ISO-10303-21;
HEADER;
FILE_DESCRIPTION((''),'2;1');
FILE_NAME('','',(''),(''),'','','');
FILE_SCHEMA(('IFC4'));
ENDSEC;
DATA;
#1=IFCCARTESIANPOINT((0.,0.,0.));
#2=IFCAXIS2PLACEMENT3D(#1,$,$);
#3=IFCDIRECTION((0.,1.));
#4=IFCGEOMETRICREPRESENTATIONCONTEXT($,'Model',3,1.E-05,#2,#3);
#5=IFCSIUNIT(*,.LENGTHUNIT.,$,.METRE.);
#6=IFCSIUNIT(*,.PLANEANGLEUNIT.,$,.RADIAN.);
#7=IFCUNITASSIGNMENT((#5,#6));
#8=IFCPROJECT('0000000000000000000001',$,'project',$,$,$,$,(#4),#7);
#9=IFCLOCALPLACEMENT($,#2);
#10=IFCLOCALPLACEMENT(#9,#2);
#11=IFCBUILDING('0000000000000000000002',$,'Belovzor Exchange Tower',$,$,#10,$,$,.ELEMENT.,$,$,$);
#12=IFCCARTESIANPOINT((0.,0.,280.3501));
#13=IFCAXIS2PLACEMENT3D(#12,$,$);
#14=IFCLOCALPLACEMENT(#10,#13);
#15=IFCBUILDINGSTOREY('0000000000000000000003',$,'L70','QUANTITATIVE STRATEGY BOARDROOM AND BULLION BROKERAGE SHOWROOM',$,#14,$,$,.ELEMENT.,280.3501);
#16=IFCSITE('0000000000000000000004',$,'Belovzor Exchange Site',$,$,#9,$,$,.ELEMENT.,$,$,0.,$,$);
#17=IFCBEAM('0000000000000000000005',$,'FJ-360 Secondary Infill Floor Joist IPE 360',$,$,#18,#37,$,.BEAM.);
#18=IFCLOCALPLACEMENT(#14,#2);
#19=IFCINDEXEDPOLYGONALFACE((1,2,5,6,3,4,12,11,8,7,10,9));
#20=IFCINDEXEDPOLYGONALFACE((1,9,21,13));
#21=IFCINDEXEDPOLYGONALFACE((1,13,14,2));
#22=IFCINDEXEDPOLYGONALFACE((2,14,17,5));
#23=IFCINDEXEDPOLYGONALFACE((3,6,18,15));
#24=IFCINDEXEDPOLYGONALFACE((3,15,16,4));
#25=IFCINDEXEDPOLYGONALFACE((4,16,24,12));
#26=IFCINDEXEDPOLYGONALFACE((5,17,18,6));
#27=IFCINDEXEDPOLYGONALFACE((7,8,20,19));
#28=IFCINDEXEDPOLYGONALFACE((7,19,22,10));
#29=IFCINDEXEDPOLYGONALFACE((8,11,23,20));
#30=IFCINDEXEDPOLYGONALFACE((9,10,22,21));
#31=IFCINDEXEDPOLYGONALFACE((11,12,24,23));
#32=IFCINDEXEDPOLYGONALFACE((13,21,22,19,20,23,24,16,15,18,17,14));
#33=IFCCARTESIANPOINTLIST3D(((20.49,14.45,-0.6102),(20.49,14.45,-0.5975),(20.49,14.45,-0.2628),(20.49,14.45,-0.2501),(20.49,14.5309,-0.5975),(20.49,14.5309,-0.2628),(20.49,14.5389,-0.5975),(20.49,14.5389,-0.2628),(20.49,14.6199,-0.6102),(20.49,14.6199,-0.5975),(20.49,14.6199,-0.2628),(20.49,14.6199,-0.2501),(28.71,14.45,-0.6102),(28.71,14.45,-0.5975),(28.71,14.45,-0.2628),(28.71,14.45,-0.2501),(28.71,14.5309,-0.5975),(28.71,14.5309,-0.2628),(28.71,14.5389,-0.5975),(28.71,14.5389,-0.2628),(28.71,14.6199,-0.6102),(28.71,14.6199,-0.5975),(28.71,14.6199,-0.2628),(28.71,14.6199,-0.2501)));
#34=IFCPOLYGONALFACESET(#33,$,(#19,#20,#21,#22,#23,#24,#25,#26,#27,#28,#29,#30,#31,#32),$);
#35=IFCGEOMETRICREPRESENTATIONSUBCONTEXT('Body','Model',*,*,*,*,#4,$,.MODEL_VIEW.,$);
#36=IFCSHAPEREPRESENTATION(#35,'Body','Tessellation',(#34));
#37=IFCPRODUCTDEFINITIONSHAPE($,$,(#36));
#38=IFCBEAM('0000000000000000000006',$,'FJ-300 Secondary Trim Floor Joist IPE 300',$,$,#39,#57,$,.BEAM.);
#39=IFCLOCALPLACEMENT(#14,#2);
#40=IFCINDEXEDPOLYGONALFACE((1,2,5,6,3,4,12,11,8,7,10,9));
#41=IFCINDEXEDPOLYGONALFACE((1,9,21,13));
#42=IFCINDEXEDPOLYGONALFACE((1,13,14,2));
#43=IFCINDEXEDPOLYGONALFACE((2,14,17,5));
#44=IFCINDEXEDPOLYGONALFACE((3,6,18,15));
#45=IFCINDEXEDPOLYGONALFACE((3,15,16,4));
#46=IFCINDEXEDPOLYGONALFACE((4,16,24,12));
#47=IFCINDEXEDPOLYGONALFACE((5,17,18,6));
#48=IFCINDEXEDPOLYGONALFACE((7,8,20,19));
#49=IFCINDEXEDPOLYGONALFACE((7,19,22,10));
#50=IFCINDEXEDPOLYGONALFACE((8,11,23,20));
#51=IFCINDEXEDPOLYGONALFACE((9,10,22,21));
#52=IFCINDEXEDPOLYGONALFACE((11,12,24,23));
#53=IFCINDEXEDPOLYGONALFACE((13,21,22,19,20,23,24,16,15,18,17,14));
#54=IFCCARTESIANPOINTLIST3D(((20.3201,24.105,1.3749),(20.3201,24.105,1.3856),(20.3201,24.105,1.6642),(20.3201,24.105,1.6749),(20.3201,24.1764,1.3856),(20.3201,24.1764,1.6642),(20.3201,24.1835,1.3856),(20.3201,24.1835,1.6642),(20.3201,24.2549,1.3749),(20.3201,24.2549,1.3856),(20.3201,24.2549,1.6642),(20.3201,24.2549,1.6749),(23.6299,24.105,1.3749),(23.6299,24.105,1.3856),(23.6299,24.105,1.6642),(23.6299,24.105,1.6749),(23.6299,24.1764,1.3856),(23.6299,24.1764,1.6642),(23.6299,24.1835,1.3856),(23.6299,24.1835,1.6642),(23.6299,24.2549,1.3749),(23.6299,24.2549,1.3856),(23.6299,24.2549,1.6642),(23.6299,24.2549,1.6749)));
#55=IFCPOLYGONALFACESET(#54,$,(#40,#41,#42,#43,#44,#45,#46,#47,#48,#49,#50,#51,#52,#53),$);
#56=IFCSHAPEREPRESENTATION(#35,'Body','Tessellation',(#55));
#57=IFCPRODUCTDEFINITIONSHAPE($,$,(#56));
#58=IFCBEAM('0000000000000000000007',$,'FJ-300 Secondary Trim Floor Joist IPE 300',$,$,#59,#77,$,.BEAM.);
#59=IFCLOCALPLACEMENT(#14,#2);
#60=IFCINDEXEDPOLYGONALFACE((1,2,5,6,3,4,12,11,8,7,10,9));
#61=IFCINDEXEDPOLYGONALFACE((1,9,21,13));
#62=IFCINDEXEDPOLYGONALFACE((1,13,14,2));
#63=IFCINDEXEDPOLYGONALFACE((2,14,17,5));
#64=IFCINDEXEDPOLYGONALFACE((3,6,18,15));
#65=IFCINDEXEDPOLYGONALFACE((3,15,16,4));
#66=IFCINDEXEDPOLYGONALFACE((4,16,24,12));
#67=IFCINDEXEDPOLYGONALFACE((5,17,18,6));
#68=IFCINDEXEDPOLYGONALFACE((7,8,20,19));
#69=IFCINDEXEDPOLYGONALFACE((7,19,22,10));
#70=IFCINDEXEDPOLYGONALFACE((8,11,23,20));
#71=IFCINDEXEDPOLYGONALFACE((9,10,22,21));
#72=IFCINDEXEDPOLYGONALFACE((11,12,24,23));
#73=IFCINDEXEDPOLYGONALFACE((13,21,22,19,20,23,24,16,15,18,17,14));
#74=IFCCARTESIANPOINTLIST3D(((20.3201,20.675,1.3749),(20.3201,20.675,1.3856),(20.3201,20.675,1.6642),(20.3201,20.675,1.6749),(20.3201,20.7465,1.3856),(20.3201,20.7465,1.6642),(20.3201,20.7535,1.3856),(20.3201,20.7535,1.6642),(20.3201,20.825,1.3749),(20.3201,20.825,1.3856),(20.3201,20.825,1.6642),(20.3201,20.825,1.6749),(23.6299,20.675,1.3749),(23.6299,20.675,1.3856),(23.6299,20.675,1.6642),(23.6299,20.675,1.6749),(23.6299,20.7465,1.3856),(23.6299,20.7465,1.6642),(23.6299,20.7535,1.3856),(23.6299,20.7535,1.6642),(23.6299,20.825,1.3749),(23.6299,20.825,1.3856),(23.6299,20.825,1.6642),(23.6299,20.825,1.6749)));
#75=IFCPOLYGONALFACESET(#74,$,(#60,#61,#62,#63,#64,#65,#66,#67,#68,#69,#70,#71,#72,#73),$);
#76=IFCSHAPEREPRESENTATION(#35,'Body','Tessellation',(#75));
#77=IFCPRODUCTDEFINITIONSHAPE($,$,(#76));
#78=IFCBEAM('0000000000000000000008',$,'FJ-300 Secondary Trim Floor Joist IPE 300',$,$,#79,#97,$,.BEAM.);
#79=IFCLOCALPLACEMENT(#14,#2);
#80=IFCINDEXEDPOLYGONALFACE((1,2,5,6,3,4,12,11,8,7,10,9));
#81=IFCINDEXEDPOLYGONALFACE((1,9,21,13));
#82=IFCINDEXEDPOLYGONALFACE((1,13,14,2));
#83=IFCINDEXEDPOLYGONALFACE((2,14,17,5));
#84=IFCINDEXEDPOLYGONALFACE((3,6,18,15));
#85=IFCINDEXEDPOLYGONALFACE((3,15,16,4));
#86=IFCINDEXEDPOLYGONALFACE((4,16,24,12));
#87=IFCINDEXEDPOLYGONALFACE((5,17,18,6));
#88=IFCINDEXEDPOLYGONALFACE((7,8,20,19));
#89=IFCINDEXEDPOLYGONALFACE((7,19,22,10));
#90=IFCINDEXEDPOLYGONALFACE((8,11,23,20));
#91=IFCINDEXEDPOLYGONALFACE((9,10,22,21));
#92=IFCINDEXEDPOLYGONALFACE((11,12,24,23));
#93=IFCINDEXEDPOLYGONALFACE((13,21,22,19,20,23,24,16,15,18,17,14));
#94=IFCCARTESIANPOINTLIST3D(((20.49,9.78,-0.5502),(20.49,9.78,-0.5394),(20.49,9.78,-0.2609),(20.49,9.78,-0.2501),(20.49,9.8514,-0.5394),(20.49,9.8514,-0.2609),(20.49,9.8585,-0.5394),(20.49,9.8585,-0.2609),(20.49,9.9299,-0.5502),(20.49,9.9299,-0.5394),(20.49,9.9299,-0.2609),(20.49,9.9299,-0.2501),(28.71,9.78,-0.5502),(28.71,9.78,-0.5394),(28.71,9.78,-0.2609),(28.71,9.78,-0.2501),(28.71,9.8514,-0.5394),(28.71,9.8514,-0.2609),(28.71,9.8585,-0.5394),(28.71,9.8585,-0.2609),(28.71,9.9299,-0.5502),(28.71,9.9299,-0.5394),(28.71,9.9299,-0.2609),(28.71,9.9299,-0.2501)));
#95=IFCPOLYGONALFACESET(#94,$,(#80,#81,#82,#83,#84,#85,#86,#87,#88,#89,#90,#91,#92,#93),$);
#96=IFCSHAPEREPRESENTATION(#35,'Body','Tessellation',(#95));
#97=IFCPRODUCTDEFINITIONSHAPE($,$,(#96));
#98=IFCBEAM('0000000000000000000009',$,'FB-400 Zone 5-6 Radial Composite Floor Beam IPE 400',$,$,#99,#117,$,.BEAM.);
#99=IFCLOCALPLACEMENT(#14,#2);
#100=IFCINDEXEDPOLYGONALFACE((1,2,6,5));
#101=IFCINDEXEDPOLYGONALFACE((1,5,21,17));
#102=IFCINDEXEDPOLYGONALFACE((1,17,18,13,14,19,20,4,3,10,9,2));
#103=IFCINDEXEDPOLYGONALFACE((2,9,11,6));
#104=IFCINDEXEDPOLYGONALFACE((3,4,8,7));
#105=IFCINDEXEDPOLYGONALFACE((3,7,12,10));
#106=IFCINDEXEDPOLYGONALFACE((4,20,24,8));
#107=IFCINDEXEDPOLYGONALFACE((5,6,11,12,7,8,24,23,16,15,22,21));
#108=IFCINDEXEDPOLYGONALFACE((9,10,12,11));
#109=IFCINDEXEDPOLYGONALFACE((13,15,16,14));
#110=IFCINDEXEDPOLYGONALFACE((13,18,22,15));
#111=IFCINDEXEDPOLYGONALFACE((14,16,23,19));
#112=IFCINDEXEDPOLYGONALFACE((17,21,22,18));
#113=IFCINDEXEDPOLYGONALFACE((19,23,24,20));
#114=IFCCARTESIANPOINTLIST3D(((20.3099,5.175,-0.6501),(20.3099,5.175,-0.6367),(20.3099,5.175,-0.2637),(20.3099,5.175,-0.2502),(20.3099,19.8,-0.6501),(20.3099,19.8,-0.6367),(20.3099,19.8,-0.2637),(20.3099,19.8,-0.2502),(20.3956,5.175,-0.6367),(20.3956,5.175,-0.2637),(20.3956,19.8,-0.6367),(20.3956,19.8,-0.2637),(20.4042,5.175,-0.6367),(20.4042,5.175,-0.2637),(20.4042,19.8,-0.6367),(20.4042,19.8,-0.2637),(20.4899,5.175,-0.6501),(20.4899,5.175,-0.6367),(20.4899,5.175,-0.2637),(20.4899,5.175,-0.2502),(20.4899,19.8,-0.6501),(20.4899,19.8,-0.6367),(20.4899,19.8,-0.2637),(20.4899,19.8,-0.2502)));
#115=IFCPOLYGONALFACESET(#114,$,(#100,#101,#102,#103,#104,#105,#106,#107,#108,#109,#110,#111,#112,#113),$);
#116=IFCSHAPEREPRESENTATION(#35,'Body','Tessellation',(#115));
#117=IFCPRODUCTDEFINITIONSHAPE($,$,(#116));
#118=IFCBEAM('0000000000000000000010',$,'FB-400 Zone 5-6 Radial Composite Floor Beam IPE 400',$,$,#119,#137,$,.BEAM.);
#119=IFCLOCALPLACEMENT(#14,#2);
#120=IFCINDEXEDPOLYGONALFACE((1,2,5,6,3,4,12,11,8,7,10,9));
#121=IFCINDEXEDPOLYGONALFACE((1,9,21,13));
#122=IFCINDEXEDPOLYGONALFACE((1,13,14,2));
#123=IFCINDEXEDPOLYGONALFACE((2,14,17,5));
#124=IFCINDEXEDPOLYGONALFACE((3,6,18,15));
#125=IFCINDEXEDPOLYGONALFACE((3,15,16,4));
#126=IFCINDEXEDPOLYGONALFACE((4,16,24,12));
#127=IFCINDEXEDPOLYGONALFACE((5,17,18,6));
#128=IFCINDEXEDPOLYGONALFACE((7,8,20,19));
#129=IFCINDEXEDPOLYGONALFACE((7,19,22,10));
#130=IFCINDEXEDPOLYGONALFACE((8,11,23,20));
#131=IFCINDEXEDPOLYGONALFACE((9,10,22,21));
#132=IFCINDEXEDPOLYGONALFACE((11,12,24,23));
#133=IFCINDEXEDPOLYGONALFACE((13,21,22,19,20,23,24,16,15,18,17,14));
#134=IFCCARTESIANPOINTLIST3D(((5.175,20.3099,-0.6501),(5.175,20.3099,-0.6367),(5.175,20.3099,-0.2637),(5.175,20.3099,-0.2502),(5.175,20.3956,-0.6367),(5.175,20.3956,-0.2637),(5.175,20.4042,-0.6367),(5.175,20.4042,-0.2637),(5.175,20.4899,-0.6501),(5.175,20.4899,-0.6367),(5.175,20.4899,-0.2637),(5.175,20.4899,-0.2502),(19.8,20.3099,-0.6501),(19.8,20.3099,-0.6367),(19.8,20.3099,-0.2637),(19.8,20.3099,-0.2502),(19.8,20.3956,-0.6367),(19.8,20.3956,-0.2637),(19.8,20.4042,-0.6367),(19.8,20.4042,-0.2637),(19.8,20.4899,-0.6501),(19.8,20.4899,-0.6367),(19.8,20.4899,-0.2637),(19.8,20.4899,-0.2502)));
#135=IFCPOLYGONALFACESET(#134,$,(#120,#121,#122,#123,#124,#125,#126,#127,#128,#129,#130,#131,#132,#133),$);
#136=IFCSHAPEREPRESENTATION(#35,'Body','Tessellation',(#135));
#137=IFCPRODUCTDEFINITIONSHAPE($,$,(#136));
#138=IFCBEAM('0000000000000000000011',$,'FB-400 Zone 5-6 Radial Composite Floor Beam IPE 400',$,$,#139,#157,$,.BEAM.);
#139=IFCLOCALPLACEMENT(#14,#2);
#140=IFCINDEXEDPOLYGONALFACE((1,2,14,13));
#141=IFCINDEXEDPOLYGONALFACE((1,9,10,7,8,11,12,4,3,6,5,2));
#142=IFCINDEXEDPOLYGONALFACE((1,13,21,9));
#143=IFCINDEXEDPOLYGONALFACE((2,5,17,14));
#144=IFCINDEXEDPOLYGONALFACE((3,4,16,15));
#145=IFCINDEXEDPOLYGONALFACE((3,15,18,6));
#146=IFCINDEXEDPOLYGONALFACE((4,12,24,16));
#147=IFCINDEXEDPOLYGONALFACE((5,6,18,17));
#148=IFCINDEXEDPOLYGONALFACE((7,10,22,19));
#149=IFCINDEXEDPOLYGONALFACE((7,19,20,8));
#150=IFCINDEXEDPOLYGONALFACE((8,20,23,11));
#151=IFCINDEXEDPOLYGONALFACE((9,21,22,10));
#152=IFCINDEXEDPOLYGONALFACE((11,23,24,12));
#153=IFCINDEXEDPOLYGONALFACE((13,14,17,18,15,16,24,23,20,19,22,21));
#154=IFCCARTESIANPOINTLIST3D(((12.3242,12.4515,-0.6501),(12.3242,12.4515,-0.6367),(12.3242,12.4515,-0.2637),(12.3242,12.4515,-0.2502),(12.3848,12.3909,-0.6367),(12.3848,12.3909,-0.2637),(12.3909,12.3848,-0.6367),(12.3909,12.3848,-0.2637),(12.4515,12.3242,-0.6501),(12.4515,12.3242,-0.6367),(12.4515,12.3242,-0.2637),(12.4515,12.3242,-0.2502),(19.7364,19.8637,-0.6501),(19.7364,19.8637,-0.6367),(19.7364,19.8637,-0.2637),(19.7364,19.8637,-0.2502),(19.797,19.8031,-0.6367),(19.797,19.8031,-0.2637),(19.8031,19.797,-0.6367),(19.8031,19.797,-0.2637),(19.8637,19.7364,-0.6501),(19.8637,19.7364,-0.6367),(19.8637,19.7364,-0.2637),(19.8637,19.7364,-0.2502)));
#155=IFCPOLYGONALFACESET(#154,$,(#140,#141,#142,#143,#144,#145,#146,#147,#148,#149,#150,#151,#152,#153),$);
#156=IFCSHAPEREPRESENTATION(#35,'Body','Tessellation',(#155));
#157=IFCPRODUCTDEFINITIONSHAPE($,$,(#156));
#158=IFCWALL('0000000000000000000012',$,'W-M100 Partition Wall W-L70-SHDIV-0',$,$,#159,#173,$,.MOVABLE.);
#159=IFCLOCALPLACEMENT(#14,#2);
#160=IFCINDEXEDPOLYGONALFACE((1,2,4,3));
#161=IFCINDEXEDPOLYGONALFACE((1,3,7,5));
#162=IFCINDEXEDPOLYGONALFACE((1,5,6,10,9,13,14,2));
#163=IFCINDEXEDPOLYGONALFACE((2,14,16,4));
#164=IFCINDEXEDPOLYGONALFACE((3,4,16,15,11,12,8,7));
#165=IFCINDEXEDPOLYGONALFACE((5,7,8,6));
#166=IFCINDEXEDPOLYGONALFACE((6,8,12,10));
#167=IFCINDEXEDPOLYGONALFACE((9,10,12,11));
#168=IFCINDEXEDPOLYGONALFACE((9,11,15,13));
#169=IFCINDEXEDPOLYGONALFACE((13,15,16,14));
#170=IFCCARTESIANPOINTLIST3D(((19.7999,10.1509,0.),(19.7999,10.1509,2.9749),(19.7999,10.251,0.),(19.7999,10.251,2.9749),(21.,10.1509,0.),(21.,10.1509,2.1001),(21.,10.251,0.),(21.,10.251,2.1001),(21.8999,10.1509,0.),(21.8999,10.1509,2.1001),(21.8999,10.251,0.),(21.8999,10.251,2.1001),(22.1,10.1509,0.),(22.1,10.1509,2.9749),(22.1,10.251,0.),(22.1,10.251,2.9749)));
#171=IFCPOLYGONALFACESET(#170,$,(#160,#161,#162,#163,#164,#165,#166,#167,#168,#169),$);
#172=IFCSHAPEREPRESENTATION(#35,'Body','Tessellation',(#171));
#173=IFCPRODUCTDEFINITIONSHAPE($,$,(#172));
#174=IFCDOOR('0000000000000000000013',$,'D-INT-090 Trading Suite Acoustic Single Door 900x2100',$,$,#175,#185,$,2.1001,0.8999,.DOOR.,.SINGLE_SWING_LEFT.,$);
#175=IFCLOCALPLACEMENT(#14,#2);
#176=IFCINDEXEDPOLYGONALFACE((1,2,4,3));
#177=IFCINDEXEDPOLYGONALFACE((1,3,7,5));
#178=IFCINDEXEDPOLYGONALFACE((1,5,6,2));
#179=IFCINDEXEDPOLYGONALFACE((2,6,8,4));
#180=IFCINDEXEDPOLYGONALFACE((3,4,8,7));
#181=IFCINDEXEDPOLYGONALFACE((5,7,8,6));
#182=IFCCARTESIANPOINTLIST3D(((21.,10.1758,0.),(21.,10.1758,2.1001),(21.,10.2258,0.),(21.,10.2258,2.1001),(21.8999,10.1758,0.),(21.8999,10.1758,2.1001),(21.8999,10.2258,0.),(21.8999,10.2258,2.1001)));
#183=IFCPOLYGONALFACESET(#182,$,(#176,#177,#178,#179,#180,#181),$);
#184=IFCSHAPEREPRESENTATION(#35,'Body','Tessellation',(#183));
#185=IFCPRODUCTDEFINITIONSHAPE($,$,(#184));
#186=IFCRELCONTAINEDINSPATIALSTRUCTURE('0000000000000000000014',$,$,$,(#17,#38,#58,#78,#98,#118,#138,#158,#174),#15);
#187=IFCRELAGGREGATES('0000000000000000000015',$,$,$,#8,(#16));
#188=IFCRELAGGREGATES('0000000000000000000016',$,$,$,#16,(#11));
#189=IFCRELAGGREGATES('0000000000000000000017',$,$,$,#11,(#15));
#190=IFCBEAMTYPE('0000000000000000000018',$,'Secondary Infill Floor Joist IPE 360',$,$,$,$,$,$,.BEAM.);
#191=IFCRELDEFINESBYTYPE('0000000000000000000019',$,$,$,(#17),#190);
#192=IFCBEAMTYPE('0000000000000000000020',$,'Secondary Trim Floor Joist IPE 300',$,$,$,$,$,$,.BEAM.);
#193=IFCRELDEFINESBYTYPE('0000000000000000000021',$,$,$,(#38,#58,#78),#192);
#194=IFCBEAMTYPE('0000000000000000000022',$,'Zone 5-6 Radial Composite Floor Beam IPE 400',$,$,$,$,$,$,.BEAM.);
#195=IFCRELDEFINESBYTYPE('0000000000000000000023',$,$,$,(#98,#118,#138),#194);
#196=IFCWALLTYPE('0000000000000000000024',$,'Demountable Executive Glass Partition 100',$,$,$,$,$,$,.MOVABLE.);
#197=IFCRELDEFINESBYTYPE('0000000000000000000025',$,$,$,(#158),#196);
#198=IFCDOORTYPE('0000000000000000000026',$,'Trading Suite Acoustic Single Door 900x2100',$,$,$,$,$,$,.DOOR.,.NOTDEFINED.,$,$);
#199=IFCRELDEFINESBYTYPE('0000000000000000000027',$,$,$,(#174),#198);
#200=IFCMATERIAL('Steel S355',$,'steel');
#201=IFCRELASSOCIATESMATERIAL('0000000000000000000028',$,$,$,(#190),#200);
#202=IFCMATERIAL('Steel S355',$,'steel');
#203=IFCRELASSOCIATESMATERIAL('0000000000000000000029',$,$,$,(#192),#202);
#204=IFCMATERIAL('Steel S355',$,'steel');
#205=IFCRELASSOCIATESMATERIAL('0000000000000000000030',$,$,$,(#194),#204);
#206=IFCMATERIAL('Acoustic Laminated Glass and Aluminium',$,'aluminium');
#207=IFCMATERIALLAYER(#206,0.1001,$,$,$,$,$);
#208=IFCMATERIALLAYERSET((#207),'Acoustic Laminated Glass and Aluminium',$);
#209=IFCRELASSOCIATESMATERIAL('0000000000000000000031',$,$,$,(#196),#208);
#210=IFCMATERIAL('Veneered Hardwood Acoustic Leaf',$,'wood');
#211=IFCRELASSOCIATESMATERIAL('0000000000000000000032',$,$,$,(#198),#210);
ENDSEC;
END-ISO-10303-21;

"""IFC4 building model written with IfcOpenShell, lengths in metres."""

from ifc_helpers import new_model, si_unit, direction, frame, frame_2d, origin, origin_2d, place, context, subcontext, project, spatial, rectangle, i_section, extrude, material, layer, layer_set, material_profile, profile_set, type_object, element, fill, save


model = new_model("IFC4")

# Units and contexts
model_context = context("Model", 3, precision=1e-05, world=origin(), true_north=direction((0.0, 1.0)))
body_context = subcontext(model_context, "Body", "Model", "MODEL_VIEW")
ifc_project = project(units=[si_unit("LENGTHUNIT", "METRE"), si_unit("PLANEANGLEUNIT", "RADIAN")], contexts=[model_context])

# Site, building, storey
site_placement = place(None, origin())
site = spatial("IfcSite", under=ifc_project, at=site_placement, Name="Belovzor Exchange Site", CompositionType="ELEMENT", RefElevation=0.0)
building_placement = place(site_placement, origin())
building = spatial("IfcBuilding", under=site, at=building_placement, Name="Belovzor Exchange Tower", CompositionType="ELEMENT")
storey_placement = place(building_placement, frame((0.0, 0.0, 280.3501)))
storey = spatial("IfcBuildingStorey", under=building, at=storey_placement, Name="L70", Description="QUANTITATIVE STRATEGY BOARDROOM AND BULLION BROKERAGE SHOWROOM", CompositionType="ELEMENT", Elevation=280.3501)

# Beams
ifc_material_1 = material(Name="Steel S355", Category="steel")
ifc_material_profile_1 = material_profile(ifc_material_1, i_section(OverallWidth=0.1699, OverallDepth=0.3601, WebThickness=0.0081, FlangeThickness=0.0127, at=origin_2d()))
ifc_profile_set_1 = profile_set([ifc_material_profile_1], Name="Steel S355")
beam_type_1 = type_object("IfcBeamType", Name="Secondary Infill Floor Joist IPE 360", PredefinedType="BEAM", material=ifc_profile_set_1)
beam_1_placement = place(storey_placement, frame((20.49, 14.5349, -0.4302), z_axis=(1.0, 0.0, 0.0), x_axis=(0.0, 1.0, 0.0)))
element("IfcBeam", 1, at=beam_1_placement, inside=storey, type_object=beam_type_1, Name="FJ-360 Secondary Infill Floor Joist IPE 360", PredefinedType="BEAM", context=body_context, shape_type="SweptSolid", body=[
    extrude(i_section(OverallWidth=0.1699, OverallDepth=0.3601, WebThickness=0.0081, FlangeThickness=0.0127, at=origin_2d()), origin(), (0.0, 0.0, 1.0), 8.22),
])
ifc_material_2 = material(Name="Steel S355", Category="steel")
ifc_material_profile_2 = material_profile(ifc_material_2, i_section(OverallWidth=0.1499, OverallDepth=0.3, WebThickness=0.0071, FlangeThickness=0.0107, at=origin_2d()))
ifc_profile_set_2 = profile_set([ifc_material_profile_2], Name="Steel S355")
beam_type_2 = type_object("IfcBeamType", Name="Secondary Trim Floor Joist IPE 300", PredefinedType="BEAM", material=ifc_profile_set_2)
for number, where, z_axis, x_axis, name in (
    (2, (20.3201, 24.1799, 1.5249), (1.0, 0.0, 0.0), (0.0, 1.0, 0.0), "FJ-300 Secondary Trim Floor Joist IPE 300"),
    (3, (20.3201, 20.75, 1.5249), (1.0, 0.0, 0.0), (0.0, 1.0, 0.0), "FJ-300 Secondary Trim Floor Joist IPE 300"),
):
    element("IfcBeam", number, at=place(storey_placement, frame(where, z_axis=z_axis, x_axis=x_axis)), inside=storey, type_object=beam_type_2, Name=name, PredefinedType="BEAM", context=body_context, shape_type="SweptSolid", body=[
        extrude(i_section(OverallWidth=0.1499, OverallDepth=0.3, WebThickness=0.0071, FlangeThickness=0.0107, at=origin_2d()), origin(), (0.0, 0.0, 1.0), 3.3098),
    ])
beam_2_placement = place(storey_placement, frame((20.49, 9.855, -0.4001), z_axis=(1.0, 0.0, 0.0), x_axis=(0.0, 1.0, 0.0)))
element("IfcBeam", 4, at=beam_2_placement, inside=storey, type_object=beam_type_2, Name="FJ-300 Secondary Trim Floor Joist IPE 300", PredefinedType="BEAM", context=body_context, shape_type="SweptSolid", body=[
    extrude(i_section(OverallWidth=0.1499, OverallDepth=0.3, WebThickness=0.0071, FlangeThickness=0.0107, at=origin_2d()), origin(), (0.0, 0.0, 1.0), 8.22),
])
ifc_material_3 = material(Name="Steel S355", Category="steel")
ifc_material_profile_3 = material_profile(ifc_material_3, i_section(OverallWidth=0.1799, OverallDepth=0.3999, WebThickness=0.0085, FlangeThickness=0.0134, at=origin_2d()))
ifc_profile_set_3 = profile_set([ifc_material_profile_3], Name="Steel S355")
beam_type_3 = type_object("IfcBeamType", Name="Zone 5-6 Radial Composite Floor Beam IPE 400", PredefinedType="BEAM", material=ifc_profile_set_3)
for number, where, z_axis, x_axis, name in (
    (5, (20.3999, 19.8, -0.4502), (0.0, -1.0, 0.0), (1.0, 0.0, 0.0), "FB-400 Zone 5-6 Radial Composite Floor Beam IPE 400"),
    (6, (19.8, 20.3999, -0.4502), (-1.0, 0.0, 0.0), (0.0, -1.0, 0.0), "FB-400 Zone 5-6 Radial Composite Floor Beam IPE 400"),
):
    element("IfcBeam", number, at=place(storey_placement, frame(where, z_axis=z_axis, x_axis=x_axis)), inside=storey, type_object=beam_type_3, Name=name, PredefinedType="BEAM", context=body_context, shape_type="SweptSolid", body=[
        extrude(i_section(OverallWidth=0.1799, OverallDepth=0.3999, WebThickness=0.0085, FlangeThickness=0.0134, at=origin_2d()), origin(), (0.0, 0.0, 1.0), 14.625),
    ])
beam_3_placement = place(storey_placement, frame((19.8, 19.8, -0.4502), z_axis=(-0.707107, -0.707107, 0.0), x_axis=(0.707107, -0.707107, 0.0)))
element("IfcBeam", 7, at=beam_3_placement, inside=storey, type_object=beam_type_3, Name="FB-400 Zone 5-6 Radial Composite Floor Beam IPE 400", PredefinedType="BEAM", context=body_context, shape_type="SweptSolid", body=[
    extrude(i_section(OverallWidth=0.1799, OverallDepth=0.3999, WebThickness=0.0085, FlangeThickness=0.0134, at=origin_2d()), origin(), (0.0, 0.0, 1.0), 10.4824),
])

# Wall, opening, door
ifc_material_4 = material(Name="Acoustic Laminated Glass and Aluminium", Category="aluminium")
ifc_layer_1 = layer(ifc_material_4, 0.1001)
ifc_layer_set_1 = layer_set([ifc_layer_1], Name="Acoustic Laminated Glass and Aluminium")
wall_type_1 = type_object("IfcWallType", Name="Demountable Executive Glass Partition 100", PredefinedType="MOVABLE", material=ifc_layer_set_1)
wall_1_placement = place(storey_placement, frame((19.8, 10.2009, 0.0), z_axis=(0.0, 0.0, 1.0), x_axis=(1.0, 0.0, 0.0)))
wall_1 = element("IfcWall", 8, at=wall_1_placement, inside=storey, type_object=wall_type_1, Name="W-M100 Partition Wall W-L70-SHDIV-0", PredefinedType="MOVABLE", context=body_context, shape_type="SweptSolid", body=[
    extrude(rectangle(XDim=2.3, YDim=0.1001, at=frame_2d((1.1499, 0.0))), origin(), (0.0, 0.0, 1.0), 2.9749),
])
opening_1_placement = place(wall_1_placement, frame((1.2, 0.0, 0.0)))
opening_1 = element("IfcOpeningElement", 9, at=opening_1_placement, cuts=wall_1, PredefinedType="OPENING", context=body_context, shape_type="SweptSolid", body=[
    extrude(rectangle(XDim=0.8999, YDim=2.1001, at=frame_2d((0.45, 1.05))), frame((0.0, 0.0601, 0.0), z_axis=(0.0, -1.0, 0.0), x_axis=(1.0, 0.0, 0.0)), (0.0, 0.0, 1.0), 0.1201),
])
ifc_material_5 = material(Name="Veneered Hardwood Acoustic Leaf", Category="wood")
door_type_1 = type_object("IfcDoorType", Name="Trading Suite Acoustic Single Door 900x2100", OperationType="NOTDEFINED", PredefinedType="DOOR", material=ifc_material_5)
door_1_placement = place(opening_1_placement, origin())
door_1 = element("IfcDoor", 10, at=door_1_placement, inside=storey, type_object=door_type_1, Name="D-INT-090 Trading Suite Acoustic Single Door 900x2100", OperationType="SINGLE_SWING_LEFT", OverallHeight=2.1001, OverallWidth=0.8999, PredefinedType="DOOR", context=body_context, shape_type="SweptSolid", body=[
    extrude(rectangle(XDim=0.8999, YDim=2.1001, at=frame_2d((0.45, 1.05))), frame((0.0, 0.0249, 0.0), z_axis=(0.0, -1.0, 0.0), x_axis=(1.0, 0.0, 0.0)), (0.0, 0.0, 1.0), 0.05),
])
fill(opening_1, door_1)

save(model, "model.ifc")
